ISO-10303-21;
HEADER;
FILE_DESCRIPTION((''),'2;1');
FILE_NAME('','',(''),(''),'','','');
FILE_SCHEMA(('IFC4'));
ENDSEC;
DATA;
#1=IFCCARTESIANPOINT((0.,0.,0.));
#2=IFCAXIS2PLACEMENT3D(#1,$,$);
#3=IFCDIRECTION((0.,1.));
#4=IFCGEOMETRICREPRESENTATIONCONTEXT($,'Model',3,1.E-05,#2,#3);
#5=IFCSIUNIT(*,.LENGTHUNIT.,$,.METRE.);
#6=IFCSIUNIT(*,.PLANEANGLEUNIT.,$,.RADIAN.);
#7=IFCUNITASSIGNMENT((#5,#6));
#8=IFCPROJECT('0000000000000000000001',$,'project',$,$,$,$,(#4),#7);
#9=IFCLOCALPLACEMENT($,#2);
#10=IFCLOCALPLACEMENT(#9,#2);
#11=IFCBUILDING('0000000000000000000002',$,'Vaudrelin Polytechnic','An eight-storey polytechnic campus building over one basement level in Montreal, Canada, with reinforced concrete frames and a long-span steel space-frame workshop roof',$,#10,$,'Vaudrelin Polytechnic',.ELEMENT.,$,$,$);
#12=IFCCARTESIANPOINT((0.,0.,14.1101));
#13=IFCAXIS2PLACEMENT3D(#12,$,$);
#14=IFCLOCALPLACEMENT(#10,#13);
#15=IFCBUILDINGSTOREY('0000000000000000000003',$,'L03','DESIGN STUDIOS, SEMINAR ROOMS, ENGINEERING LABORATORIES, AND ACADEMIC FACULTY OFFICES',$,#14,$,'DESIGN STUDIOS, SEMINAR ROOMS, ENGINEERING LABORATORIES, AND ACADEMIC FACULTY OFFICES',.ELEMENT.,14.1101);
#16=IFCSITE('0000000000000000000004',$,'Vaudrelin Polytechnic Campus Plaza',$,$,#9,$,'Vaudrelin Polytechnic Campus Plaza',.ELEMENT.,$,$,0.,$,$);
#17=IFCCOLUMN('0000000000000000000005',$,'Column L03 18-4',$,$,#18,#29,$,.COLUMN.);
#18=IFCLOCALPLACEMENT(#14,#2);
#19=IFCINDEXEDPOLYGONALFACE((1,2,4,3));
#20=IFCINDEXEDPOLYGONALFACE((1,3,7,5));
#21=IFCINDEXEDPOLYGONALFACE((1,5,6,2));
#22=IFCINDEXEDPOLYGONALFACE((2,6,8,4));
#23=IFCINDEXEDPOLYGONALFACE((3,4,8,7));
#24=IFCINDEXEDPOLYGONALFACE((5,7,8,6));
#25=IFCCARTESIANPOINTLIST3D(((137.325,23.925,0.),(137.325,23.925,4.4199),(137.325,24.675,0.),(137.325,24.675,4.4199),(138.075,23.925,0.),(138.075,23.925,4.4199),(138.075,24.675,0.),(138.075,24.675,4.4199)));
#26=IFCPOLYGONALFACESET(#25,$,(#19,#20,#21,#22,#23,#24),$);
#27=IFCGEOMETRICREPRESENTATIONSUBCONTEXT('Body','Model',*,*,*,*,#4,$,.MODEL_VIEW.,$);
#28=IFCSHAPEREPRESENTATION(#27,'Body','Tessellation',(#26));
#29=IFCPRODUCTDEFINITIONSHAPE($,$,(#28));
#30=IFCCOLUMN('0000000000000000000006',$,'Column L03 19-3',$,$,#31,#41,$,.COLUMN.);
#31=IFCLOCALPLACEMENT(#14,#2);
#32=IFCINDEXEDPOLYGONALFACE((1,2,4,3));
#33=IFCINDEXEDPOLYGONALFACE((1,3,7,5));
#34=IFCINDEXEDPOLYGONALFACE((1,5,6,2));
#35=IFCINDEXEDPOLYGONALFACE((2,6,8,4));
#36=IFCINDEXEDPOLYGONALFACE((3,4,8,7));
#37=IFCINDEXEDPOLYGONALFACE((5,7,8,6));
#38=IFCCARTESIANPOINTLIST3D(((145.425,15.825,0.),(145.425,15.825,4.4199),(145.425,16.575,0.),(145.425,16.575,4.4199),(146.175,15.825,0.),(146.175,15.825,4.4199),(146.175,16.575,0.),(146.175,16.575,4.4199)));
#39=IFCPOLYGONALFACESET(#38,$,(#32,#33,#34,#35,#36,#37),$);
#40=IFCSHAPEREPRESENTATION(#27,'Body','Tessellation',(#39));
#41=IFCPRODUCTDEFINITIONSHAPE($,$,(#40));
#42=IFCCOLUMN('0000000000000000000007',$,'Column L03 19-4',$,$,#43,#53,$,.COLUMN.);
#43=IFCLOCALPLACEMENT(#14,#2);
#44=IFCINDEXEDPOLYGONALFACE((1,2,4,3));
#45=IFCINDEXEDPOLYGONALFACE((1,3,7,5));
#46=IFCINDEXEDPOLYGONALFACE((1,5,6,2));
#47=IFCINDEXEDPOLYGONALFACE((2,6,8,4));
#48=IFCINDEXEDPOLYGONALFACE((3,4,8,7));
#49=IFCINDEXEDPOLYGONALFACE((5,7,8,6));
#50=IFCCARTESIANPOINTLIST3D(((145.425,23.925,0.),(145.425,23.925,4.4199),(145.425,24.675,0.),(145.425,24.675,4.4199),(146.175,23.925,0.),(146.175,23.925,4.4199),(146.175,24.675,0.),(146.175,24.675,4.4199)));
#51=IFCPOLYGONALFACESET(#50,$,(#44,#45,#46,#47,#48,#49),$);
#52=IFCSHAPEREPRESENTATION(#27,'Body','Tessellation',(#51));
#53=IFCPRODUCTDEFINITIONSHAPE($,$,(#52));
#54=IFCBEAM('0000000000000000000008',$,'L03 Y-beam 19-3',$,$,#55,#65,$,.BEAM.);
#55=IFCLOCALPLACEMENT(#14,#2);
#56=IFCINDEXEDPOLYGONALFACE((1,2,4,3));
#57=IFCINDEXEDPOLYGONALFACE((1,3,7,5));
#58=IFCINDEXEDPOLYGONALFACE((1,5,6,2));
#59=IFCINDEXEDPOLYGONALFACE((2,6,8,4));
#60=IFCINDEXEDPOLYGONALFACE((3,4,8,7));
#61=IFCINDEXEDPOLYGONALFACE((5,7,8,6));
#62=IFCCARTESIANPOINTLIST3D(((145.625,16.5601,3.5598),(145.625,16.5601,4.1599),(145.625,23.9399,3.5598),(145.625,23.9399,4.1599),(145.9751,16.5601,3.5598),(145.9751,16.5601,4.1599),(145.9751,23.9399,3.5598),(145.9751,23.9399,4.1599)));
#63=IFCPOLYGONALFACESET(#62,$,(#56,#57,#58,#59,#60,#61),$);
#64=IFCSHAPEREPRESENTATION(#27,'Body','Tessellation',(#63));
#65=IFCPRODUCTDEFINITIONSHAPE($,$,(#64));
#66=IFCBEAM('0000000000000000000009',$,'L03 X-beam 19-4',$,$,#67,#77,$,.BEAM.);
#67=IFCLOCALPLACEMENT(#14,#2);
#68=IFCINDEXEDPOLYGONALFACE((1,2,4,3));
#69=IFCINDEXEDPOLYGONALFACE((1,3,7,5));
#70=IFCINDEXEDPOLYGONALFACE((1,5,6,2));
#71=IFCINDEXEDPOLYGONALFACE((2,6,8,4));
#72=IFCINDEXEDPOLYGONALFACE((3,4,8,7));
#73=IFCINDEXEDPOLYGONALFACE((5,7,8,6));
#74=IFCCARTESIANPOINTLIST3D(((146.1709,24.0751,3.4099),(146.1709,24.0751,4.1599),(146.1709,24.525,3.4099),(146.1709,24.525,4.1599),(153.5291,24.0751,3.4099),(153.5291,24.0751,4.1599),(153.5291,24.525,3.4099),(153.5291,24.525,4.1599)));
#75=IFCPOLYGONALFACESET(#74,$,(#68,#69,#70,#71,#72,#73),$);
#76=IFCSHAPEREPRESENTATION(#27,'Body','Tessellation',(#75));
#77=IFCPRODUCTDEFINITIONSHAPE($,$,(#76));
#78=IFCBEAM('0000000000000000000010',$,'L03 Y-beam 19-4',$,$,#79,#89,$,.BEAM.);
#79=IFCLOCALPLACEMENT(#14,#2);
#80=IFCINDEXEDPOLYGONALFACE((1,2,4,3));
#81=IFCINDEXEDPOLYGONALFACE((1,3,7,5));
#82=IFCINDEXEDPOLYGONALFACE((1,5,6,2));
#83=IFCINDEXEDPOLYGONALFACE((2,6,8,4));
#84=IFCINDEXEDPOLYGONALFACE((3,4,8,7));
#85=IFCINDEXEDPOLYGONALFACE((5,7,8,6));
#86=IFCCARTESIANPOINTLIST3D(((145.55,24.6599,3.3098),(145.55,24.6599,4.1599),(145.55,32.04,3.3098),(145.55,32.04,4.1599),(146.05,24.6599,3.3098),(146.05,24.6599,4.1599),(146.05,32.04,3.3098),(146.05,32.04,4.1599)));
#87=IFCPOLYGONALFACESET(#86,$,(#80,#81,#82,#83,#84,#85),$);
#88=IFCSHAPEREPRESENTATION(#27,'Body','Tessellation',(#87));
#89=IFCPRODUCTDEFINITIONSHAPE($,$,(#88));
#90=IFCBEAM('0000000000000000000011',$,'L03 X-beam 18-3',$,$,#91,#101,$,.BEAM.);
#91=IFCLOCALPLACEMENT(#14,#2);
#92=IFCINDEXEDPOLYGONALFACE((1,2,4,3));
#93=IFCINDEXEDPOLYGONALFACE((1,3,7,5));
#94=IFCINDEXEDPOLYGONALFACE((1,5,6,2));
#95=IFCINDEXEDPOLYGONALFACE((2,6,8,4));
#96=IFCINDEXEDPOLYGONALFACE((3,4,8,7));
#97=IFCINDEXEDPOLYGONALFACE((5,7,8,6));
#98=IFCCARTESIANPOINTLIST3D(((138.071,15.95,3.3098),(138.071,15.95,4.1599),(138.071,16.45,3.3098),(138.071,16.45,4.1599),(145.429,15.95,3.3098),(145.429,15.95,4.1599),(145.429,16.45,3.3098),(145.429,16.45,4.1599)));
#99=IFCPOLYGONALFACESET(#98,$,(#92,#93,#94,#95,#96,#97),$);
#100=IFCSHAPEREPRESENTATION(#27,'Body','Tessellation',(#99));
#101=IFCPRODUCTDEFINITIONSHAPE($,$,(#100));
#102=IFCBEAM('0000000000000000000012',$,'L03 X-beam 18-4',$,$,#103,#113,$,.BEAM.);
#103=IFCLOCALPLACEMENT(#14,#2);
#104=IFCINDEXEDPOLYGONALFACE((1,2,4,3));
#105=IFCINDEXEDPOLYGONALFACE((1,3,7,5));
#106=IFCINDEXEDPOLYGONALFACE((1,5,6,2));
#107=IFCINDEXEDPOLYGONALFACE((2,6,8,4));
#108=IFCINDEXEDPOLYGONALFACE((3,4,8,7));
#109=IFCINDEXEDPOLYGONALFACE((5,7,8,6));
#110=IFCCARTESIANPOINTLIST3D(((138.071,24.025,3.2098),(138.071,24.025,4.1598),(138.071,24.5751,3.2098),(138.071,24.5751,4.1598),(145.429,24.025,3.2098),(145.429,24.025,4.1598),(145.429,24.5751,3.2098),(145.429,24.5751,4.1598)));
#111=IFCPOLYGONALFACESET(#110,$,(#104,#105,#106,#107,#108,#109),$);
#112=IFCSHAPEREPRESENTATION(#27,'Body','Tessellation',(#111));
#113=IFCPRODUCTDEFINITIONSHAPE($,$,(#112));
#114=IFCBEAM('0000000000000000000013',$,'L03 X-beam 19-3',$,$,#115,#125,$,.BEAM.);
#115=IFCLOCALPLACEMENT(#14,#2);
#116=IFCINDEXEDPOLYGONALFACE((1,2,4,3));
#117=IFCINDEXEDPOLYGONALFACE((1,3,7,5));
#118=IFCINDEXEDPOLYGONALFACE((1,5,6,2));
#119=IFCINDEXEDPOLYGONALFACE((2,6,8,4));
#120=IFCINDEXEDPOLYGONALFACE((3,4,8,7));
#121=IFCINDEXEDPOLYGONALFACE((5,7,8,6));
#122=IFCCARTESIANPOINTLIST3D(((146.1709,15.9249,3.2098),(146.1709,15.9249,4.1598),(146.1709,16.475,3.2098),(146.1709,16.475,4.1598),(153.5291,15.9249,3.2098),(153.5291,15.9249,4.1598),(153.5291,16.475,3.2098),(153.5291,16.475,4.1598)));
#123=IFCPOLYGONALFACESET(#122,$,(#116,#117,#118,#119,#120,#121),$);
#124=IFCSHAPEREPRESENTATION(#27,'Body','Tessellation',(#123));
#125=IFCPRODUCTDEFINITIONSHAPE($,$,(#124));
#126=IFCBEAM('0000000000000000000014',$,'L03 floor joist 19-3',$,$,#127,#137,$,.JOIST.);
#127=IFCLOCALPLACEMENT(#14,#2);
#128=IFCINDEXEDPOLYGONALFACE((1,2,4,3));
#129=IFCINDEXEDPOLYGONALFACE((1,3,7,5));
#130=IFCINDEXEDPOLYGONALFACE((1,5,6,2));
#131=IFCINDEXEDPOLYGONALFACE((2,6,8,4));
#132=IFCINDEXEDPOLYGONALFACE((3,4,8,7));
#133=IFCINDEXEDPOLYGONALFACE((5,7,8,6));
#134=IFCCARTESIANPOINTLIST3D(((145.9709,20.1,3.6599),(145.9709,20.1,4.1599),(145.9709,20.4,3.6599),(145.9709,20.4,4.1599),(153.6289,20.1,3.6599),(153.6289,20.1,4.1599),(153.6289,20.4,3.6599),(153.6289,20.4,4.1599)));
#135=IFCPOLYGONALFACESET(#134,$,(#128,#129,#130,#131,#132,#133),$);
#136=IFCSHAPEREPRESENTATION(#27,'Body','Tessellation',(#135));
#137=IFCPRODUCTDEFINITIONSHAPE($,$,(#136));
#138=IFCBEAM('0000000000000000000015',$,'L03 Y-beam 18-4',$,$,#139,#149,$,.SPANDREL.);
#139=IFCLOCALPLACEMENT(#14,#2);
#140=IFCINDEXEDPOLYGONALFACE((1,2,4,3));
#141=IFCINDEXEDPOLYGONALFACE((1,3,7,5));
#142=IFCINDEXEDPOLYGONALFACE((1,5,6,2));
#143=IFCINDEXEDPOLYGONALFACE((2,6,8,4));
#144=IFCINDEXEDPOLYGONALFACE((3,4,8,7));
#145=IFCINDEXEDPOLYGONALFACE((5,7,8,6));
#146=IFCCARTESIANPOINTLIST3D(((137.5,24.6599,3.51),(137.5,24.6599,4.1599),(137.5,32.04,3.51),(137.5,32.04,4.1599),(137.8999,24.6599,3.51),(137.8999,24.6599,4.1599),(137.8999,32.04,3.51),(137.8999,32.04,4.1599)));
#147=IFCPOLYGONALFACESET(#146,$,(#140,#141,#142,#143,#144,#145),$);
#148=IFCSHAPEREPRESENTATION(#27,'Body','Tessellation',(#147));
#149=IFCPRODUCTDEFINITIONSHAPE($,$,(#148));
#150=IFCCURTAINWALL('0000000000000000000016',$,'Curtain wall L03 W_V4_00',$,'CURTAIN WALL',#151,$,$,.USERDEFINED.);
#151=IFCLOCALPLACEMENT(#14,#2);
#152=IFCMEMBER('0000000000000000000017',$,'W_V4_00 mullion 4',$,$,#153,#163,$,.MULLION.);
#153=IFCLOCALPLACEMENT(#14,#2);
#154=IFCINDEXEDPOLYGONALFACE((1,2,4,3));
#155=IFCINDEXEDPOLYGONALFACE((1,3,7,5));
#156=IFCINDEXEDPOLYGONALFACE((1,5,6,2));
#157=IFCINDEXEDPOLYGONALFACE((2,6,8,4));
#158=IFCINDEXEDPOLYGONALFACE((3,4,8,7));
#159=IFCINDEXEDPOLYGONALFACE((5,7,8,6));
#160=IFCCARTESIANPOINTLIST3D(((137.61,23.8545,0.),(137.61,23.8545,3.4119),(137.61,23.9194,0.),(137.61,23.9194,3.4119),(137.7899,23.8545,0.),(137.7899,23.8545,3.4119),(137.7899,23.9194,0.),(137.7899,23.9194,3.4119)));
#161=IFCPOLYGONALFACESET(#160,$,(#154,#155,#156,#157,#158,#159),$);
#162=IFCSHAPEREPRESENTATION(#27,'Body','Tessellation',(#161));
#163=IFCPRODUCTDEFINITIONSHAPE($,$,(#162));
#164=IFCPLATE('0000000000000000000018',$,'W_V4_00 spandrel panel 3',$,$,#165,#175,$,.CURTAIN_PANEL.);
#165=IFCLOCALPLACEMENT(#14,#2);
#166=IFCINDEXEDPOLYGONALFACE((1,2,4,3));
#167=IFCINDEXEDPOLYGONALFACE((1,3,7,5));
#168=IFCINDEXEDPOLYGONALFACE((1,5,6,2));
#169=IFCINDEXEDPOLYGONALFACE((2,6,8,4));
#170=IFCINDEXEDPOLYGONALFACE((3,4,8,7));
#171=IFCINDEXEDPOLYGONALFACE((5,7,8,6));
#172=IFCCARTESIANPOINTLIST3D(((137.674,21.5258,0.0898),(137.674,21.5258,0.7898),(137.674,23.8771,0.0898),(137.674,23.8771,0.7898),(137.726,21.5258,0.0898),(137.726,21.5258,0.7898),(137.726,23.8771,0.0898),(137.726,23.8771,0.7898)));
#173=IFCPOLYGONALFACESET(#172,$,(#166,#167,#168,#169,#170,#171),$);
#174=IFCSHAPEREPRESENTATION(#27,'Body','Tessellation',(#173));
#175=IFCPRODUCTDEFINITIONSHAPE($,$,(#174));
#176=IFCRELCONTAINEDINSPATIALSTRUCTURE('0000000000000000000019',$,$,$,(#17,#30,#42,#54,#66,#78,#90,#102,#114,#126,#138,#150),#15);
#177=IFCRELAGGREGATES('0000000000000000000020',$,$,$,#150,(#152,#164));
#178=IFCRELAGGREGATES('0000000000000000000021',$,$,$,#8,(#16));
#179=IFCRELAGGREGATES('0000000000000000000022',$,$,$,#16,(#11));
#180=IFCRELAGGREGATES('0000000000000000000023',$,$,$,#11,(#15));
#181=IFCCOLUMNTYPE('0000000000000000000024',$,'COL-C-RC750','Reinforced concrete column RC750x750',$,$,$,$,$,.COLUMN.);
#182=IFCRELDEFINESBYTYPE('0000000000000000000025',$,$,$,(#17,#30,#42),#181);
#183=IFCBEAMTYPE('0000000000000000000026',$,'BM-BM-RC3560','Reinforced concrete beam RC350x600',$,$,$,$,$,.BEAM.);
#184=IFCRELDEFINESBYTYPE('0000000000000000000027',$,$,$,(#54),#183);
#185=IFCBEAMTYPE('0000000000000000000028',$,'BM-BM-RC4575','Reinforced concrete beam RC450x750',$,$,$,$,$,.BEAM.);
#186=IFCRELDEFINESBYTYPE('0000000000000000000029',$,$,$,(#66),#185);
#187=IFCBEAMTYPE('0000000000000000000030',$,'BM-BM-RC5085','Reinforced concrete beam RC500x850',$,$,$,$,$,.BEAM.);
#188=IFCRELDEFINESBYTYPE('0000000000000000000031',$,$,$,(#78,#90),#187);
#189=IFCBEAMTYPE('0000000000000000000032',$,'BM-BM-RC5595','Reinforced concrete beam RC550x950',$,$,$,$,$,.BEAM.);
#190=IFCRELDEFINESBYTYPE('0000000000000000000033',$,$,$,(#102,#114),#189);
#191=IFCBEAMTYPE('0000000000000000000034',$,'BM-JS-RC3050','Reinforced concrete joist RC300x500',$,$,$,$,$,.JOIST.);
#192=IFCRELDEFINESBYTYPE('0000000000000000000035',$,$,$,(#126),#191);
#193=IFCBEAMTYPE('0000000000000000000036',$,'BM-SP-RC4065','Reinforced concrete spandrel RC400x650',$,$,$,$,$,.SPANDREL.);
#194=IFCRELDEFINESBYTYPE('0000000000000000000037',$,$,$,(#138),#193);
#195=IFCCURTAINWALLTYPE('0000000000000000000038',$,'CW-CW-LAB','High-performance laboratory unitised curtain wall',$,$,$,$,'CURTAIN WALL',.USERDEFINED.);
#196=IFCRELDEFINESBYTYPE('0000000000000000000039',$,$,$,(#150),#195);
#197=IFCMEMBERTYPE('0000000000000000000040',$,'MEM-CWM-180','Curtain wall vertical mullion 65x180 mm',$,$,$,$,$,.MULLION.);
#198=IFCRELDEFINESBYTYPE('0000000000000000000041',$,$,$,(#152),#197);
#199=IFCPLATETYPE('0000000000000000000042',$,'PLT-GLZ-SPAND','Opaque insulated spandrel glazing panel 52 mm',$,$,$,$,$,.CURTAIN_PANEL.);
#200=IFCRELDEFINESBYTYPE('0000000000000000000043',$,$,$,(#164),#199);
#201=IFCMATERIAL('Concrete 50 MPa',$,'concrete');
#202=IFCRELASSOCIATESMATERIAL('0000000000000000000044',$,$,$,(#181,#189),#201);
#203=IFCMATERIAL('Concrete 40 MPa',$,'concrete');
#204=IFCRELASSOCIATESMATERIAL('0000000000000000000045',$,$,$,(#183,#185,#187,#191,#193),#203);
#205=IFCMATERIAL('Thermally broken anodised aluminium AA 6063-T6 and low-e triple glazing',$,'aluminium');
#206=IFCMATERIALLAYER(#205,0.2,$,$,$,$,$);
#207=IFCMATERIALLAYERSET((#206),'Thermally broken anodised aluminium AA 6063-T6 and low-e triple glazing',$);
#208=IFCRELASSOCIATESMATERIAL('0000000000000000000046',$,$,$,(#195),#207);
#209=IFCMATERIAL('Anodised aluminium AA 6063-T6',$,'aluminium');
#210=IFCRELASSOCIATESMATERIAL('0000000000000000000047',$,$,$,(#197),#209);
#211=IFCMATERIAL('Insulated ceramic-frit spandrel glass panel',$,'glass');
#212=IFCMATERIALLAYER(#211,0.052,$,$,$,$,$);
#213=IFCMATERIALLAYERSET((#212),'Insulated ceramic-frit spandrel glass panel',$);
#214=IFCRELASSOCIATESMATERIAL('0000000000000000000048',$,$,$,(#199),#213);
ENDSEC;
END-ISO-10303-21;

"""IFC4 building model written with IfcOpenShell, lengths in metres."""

from ifc_helpers import new_model, si_unit, direction, frame, origin, origin_2d, place, context, subcontext, project, spatial, rectangle, extrude, material, layer, layer_set, material_profile, profile_set, type_object, element, aggregate, save


model = new_model("IFC4")

# Units and contexts
model_context = context("Model", 3, precision=1e-05, world=origin(), true_north=direction((0.0, 1.0)))
body_context = subcontext(model_context, "Body", "Model", "MODEL_VIEW")
ifc_project = project(units=[si_unit("LENGTHUNIT", "METRE"), si_unit("PLANEANGLEUNIT", "RADIAN")], contexts=[model_context])

# Site, building, storey
site_placement = place(None, origin())
site = spatial("IfcSite", under=ifc_project, at=site_placement, Name="Vaudrelin Polytechnic Campus Plaza", LongName="Vaudrelin Polytechnic Campus Plaza", CompositionType="ELEMENT", RefElevation=0.0)
building_placement = place(site_placement, origin())
building = spatial("IfcBuilding", under=site, at=building_placement, Name="Vaudrelin Polytechnic", Description="An eight-storey polytechnic campus building over one basement level in Montreal, Canada, with reinforced concrete frames and a long-span steel space-frame workshop roof", LongName="Vaudrelin Polytechnic", CompositionType="ELEMENT")
storey_placement = place(building_placement, frame((0.0, 0.0, 14.1101)))
storey = spatial("IfcBuildingStorey", under=building, at=storey_placement, Name="L03", Description="DESIGN STUDIOS, SEMINAR ROOMS, ENGINEERING LABORATORIES, AND ACADEMIC FACULTY OFFICES", LongName="DESIGN STUDIOS, SEMINAR ROOMS, ENGINEERING LABORATORIES, AND ACADEMIC FACULTY OFFICES", CompositionType="ELEMENT", Elevation=14.1101)

# Columns
ifc_material_1 = material(Name="Concrete 50 MPa", Category="concrete")
ifc_material_profile_1 = material_profile(ifc_material_1, rectangle(XDim=0.75, YDim=0.75, at=origin_2d()), Name="RC750x750")
ifc_profile_set_1 = profile_set([ifc_material_profile_1], Name="Concrete 50 MPa")
column_type = type_object("IfcColumnType", Name="COL-C-RC750", Description="Reinforced concrete column RC750x750", PredefinedType="COLUMN", material=ifc_profile_set_1)
for number, where, z_axis, x_axis, name in (
    (1, (137.7, 24.3, 0.0), (0.0, 0.0, 1.0), (1.0, 0.0, 0.0), "Column L03 18-4"),
    (2, (145.8, 16.2, 0.0), (0.0, 0.0, 1.0), (1.0, 0.0, 0.0), "Column L03 19-3"),
    (3, (145.8, 24.3, 0.0), (0.0, 0.0, 1.0), (1.0, 0.0, 0.0), "Column L03 19-4"),
):
    element("IfcColumn", number, at=place(storey_placement, frame(where, z_axis=z_axis, x_axis=x_axis)), inside=storey, type_object=column_type, Name=name, PredefinedType="COLUMN", context=body_context, shape_type="SweptSolid", body=[
        extrude(rectangle(XDim=0.75, YDim=0.75, at=origin_2d()), origin(), (0.0, 0.0, 1.0), 4.4199),
    ])

# Beams
ifc_material_2 = material(Name="Concrete 40 MPa", Category="concrete")
ifc_material_profile_2 = material_profile(ifc_material_2, rectangle(XDim=0.3501, YDim=0.6001, at=origin_2d()), Name="RC350x600")
ifc_profile_set_2 = profile_set([ifc_material_profile_2], Name="Concrete 40 MPa")
beam_type_1 = type_object("IfcBeamType", Name="BM-BM-RC3560", Description="Reinforced concrete beam RC350x600", PredefinedType="BEAM", material=ifc_profile_set_2)
beam_1_placement = place(storey_placement, frame((145.8, 16.5601, 3.8599), z_axis=(0.0, 1.0, 0.0), x_axis=(-1.0, 0.0, 0.0)))
element("IfcBeam", 4, at=beam_1_placement, inside=storey, type_object=beam_type_1, Name="L03 Y-beam 19-3", PredefinedType="BEAM", context=body_context, shape_type="SweptSolid", body=[
    extrude(rectangle(XDim=0.3501, YDim=0.6001, at=origin_2d()), origin(), (0.0, 0.0, 1.0), 7.3799),
])
ifc_material_profile_3 = material_profile(ifc_material_2, rectangle(XDim=0.45, YDim=0.75, at=origin_2d()), Name="RC450x750")
ifc_profile_set_3 = profile_set([ifc_material_profile_3], Name="Concrete 40 MPa")
beam_type_2 = type_object("IfcBeamType", Name="BM-BM-RC4575", Description="Reinforced concrete beam RC450x750", PredefinedType="BEAM", material=ifc_profile_set_3)
beam_2_placement = place(storey_placement, frame((146.1709, 24.3, 3.7849), z_axis=(1.0, 0.0, 0.0), x_axis=(0.0, 1.0, 0.0)))
element("IfcBeam", 5, at=beam_2_placement, inside=storey, type_object=beam_type_2, Name="L03 X-beam 19-4", PredefinedType="BEAM", context=body_context, shape_type="SweptSolid", body=[
    extrude(rectangle(XDim=0.45, YDim=0.75, at=origin_2d()), origin(), (0.0, 0.0, 1.0), 7.3582),
])
ifc_material_profile_4 = material_profile(ifc_material_2, rectangle(XDim=0.5, YDim=0.8501, at=origin_2d()), Name="RC500x850")
ifc_profile_set_4 = profile_set([ifc_material_profile_4], Name="Concrete 40 MPa")
beam_type_3 = type_object("IfcBeamType", Name="BM-BM-RC5085", Description="Reinforced concrete beam RC500x850", PredefinedType="BEAM", material=ifc_profile_set_4)
beam_3_placement = place(storey_placement, frame((145.8, 24.6599, 3.7349), z_axis=(0.0, 1.0, 0.0), x_axis=(-1.0, 0.0, 0.0)))
element("IfcBeam", 6, at=beam_3_placement, inside=storey, type_object=beam_type_3, Name="L03 Y-beam 19-4", PredefinedType="BEAM", context=body_context, shape_type="SweptSolid", body=[
    extrude(rectangle(XDim=0.5, YDim=0.8501, at=origin_2d()), origin(), (0.0, 0.0, 1.0), 7.3801),
])
beam_4_placement = place(storey_placement, frame((138.071, 16.2, 3.7349), z_axis=(1.0, 0.0, 0.0), x_axis=(0.0, 1.0, 0.0)))
element("IfcBeam", 7, at=beam_4_placement, inside=storey, type_object=beam_type_3, Name="L03 X-beam 18-3", PredefinedType="BEAM", context=body_context, shape_type="SweptSolid", body=[
    extrude(rectangle(XDim=0.5, YDim=0.8501, at=origin_2d()), origin(), (0.0, 0.0, 1.0), 7.3579),
])
ifc_material_profile_5 = material_profile(ifc_material_1, rectangle(XDim=0.55, YDim=0.95, at=origin_2d()), Name="RC550x950")
ifc_profile_set_5 = profile_set([ifc_material_profile_5], Name="Concrete 50 MPa")
beam_type_4 = type_object("IfcBeamType", Name="BM-BM-RC5595", Description="Reinforced concrete beam RC550x950", PredefinedType="BEAM", material=ifc_profile_set_5)
beam_5_placement = place(storey_placement, frame((138.071, 24.3, 3.6848), z_axis=(1.0, 0.0, 0.0), x_axis=(0.0, 1.0, 0.0)))
element("IfcBeam", 8, at=beam_5_placement, inside=storey, type_object=beam_type_4, Name="L03 X-beam 18-4", PredefinedType="BEAM", context=body_context, shape_type="SweptSolid", body=[
    extrude(rectangle(XDim=0.55, YDim=0.95, at=origin_2d()), origin(), (0.0, 0.0, 1.0), 7.3579),
])
beam_6_placement = place(storey_placement, frame((146.1709, 16.2, 3.6848), z_axis=(1.0, 0.0, 0.0), x_axis=(0.0, 1.0, 0.0)))
element("IfcBeam", 9, at=beam_6_placement, inside=storey, type_object=beam_type_4, Name="L03 X-beam 19-3", PredefinedType="BEAM", context=body_context, shape_type="SweptSolid", body=[
    extrude(rectangle(XDim=0.55, YDim=0.95, at=origin_2d()), origin(), (0.0, 0.0, 1.0), 7.3582),
])
ifc_material_profile_6 = material_profile(ifc_material_2, rectangle(XDim=0.3, YDim=0.5, at=origin_2d()), Name="RC300x500")
ifc_profile_set_6 = profile_set([ifc_material_profile_6], Name="Concrete 40 MPa")
beam_type_5 = type_object("IfcBeamType", Name="BM-JS-RC3050", Description="Reinforced concrete joist RC300x500", PredefinedType="JOIST", material=ifc_profile_set_6)
beam_7_placement = place(storey_placement, frame((145.9709, 20.25, 3.9099), z_axis=(1.0, 0.0, 0.0), x_axis=(0.0, 1.0, 0.0)))
element("IfcBeam", 10, at=beam_7_placement, inside=storey, type_object=beam_type_5, Name="L03 floor joist 19-3", PredefinedType="JOIST", context=body_context, shape_type="SweptSolid", body=[
    extrude(rectangle(XDim=0.3, YDim=0.5, at=origin_2d()), origin(), (0.0, 0.0, 1.0), 7.658),
])
ifc_material_profile_7 = material_profile(ifc_material_2, rectangle(XDim=0.3999, YDim=0.6499, at=origin_2d()), Name="RC400x650")
ifc_profile_set_7 = profile_set([ifc_material_profile_7], Name="Concrete 40 MPa")
beam_type_6 = type_object("IfcBeamType", Name="BM-SP-RC4065", Description="Reinforced concrete spandrel RC400x650", PredefinedType="SPANDREL", material=ifc_profile_set_7)
beam_8_placement = place(storey_placement, frame((137.7, 24.6599, 3.835), z_axis=(0.0, 1.0, 0.0), x_axis=(-1.0, 0.0, 0.0)))
element("IfcBeam", 11, at=beam_8_placement, inside=storey, type_object=beam_type_6, Name="L03 Y-beam 18-4", PredefinedType="SPANDREL", context=body_context, shape_type="SweptSolid", body=[
    extrude(rectangle(XDim=0.3999, YDim=0.6499, at=origin_2d()), origin(), (0.0, 0.0, 1.0), 7.3801),
])

# Curtain wall, member, plate
ifc_material_3 = material(Name="Thermally broken anodised aluminium AA 6063-T6 and low-e triple glazing", Category="aluminium")
ifc_layer_1 = layer(ifc_material_3, 0.2)
ifc_layer_set_1 = layer_set([ifc_layer_1], Name="Thermally broken anodised aluminium AA 6063-T6 and low-e triple glazing")
curtain_wall_type = type_object("IfcCurtainWallType", Name="CW-CW-LAB", Description="High-performance laboratory unitised curtain wall", ElementType="CURTAIN WALL", PredefinedType="USERDEFINED", material=ifc_layer_set_1)
curtain_wall_placement = place(storey_placement, origin())
curtain_wall = element("IfcCurtainWall", 12, at=curtain_wall_placement, inside=storey, type_object=curtain_wall_type, Name="Curtain wall L03 W_V4_00", ObjectType="CURTAIN WALL", PredefinedType="USERDEFINED")
ifc_material_4 = material(Name="Anodised aluminium AA 6063-T6", Category="aluminium")
ifc_material_profile_8 = material_profile(ifc_material_4, rectangle(XDim=0.0649, YDim=0.1799, at=origin_2d()), Name="CWM-65x180")
ifc_profile_set_8 = profile_set([ifc_material_profile_8], Name="Anodised aluminium AA 6063-T6")
member_type = type_object("IfcMemberType", Name="MEM-CWM-180", Description="Curtain wall vertical mullion 65x180 mm", PredefinedType="MULLION", material=ifc_profile_set_8)
member_placement = place(storey_placement, frame((137.7, 23.887, 0.0), z_axis=(0.0, 0.0, 1.0), x_axis=(0.0, 1.0, 0.0)))
member = element("IfcMember", 13, at=member_placement, type_object=member_type, Name="W_V4_00 mullion 4", PredefinedType="MULLION", context=body_context, shape_type="SweptSolid", body=[
    extrude(rectangle(XDim=0.0649, YDim=0.1799, at=origin_2d()), origin(), (0.0, 0.0, 1.0), 3.4119),
])
ifc_material_5 = material(Name="Insulated ceramic-frit spandrel glass panel", Category="glass")
ifc_layer_2 = layer(ifc_material_5, 0.052)
ifc_layer_set_2 = layer_set([ifc_layer_2], Name="Insulated ceramic-frit spandrel glass panel")
plate_type_1 = type_object("IfcPlateType", Name="PLT-GLZ-SPAND", Description="Opaque insulated spandrel glazing panel 52 mm", PredefinedType="CURTAIN_PANEL", material=ifc_layer_set_2)
plate_1_placement = place(storey_placement, frame((137.7, 22.7014, 0.0898), z_axis=(0.0, 0.0, 1.0), x_axis=(0.0, 1.0, 0.0)))
plate_1 = element("IfcPlate", 14, at=plate_1_placement, type_object=plate_type_1, Name="W_V4_00 spandrel panel 3", PredefinedType="CURTAIN_PANEL", context=body_context, shape_type="SweptSolid", body=[
    extrude(rectangle(XDim=2.3513, YDim=0.052, at=origin_2d()), origin(), (0.0, 0.0, 1.0), 0.7),
])
aggregate(curtain_wall, [member, plate_1])

save(model, "model.ifc")
